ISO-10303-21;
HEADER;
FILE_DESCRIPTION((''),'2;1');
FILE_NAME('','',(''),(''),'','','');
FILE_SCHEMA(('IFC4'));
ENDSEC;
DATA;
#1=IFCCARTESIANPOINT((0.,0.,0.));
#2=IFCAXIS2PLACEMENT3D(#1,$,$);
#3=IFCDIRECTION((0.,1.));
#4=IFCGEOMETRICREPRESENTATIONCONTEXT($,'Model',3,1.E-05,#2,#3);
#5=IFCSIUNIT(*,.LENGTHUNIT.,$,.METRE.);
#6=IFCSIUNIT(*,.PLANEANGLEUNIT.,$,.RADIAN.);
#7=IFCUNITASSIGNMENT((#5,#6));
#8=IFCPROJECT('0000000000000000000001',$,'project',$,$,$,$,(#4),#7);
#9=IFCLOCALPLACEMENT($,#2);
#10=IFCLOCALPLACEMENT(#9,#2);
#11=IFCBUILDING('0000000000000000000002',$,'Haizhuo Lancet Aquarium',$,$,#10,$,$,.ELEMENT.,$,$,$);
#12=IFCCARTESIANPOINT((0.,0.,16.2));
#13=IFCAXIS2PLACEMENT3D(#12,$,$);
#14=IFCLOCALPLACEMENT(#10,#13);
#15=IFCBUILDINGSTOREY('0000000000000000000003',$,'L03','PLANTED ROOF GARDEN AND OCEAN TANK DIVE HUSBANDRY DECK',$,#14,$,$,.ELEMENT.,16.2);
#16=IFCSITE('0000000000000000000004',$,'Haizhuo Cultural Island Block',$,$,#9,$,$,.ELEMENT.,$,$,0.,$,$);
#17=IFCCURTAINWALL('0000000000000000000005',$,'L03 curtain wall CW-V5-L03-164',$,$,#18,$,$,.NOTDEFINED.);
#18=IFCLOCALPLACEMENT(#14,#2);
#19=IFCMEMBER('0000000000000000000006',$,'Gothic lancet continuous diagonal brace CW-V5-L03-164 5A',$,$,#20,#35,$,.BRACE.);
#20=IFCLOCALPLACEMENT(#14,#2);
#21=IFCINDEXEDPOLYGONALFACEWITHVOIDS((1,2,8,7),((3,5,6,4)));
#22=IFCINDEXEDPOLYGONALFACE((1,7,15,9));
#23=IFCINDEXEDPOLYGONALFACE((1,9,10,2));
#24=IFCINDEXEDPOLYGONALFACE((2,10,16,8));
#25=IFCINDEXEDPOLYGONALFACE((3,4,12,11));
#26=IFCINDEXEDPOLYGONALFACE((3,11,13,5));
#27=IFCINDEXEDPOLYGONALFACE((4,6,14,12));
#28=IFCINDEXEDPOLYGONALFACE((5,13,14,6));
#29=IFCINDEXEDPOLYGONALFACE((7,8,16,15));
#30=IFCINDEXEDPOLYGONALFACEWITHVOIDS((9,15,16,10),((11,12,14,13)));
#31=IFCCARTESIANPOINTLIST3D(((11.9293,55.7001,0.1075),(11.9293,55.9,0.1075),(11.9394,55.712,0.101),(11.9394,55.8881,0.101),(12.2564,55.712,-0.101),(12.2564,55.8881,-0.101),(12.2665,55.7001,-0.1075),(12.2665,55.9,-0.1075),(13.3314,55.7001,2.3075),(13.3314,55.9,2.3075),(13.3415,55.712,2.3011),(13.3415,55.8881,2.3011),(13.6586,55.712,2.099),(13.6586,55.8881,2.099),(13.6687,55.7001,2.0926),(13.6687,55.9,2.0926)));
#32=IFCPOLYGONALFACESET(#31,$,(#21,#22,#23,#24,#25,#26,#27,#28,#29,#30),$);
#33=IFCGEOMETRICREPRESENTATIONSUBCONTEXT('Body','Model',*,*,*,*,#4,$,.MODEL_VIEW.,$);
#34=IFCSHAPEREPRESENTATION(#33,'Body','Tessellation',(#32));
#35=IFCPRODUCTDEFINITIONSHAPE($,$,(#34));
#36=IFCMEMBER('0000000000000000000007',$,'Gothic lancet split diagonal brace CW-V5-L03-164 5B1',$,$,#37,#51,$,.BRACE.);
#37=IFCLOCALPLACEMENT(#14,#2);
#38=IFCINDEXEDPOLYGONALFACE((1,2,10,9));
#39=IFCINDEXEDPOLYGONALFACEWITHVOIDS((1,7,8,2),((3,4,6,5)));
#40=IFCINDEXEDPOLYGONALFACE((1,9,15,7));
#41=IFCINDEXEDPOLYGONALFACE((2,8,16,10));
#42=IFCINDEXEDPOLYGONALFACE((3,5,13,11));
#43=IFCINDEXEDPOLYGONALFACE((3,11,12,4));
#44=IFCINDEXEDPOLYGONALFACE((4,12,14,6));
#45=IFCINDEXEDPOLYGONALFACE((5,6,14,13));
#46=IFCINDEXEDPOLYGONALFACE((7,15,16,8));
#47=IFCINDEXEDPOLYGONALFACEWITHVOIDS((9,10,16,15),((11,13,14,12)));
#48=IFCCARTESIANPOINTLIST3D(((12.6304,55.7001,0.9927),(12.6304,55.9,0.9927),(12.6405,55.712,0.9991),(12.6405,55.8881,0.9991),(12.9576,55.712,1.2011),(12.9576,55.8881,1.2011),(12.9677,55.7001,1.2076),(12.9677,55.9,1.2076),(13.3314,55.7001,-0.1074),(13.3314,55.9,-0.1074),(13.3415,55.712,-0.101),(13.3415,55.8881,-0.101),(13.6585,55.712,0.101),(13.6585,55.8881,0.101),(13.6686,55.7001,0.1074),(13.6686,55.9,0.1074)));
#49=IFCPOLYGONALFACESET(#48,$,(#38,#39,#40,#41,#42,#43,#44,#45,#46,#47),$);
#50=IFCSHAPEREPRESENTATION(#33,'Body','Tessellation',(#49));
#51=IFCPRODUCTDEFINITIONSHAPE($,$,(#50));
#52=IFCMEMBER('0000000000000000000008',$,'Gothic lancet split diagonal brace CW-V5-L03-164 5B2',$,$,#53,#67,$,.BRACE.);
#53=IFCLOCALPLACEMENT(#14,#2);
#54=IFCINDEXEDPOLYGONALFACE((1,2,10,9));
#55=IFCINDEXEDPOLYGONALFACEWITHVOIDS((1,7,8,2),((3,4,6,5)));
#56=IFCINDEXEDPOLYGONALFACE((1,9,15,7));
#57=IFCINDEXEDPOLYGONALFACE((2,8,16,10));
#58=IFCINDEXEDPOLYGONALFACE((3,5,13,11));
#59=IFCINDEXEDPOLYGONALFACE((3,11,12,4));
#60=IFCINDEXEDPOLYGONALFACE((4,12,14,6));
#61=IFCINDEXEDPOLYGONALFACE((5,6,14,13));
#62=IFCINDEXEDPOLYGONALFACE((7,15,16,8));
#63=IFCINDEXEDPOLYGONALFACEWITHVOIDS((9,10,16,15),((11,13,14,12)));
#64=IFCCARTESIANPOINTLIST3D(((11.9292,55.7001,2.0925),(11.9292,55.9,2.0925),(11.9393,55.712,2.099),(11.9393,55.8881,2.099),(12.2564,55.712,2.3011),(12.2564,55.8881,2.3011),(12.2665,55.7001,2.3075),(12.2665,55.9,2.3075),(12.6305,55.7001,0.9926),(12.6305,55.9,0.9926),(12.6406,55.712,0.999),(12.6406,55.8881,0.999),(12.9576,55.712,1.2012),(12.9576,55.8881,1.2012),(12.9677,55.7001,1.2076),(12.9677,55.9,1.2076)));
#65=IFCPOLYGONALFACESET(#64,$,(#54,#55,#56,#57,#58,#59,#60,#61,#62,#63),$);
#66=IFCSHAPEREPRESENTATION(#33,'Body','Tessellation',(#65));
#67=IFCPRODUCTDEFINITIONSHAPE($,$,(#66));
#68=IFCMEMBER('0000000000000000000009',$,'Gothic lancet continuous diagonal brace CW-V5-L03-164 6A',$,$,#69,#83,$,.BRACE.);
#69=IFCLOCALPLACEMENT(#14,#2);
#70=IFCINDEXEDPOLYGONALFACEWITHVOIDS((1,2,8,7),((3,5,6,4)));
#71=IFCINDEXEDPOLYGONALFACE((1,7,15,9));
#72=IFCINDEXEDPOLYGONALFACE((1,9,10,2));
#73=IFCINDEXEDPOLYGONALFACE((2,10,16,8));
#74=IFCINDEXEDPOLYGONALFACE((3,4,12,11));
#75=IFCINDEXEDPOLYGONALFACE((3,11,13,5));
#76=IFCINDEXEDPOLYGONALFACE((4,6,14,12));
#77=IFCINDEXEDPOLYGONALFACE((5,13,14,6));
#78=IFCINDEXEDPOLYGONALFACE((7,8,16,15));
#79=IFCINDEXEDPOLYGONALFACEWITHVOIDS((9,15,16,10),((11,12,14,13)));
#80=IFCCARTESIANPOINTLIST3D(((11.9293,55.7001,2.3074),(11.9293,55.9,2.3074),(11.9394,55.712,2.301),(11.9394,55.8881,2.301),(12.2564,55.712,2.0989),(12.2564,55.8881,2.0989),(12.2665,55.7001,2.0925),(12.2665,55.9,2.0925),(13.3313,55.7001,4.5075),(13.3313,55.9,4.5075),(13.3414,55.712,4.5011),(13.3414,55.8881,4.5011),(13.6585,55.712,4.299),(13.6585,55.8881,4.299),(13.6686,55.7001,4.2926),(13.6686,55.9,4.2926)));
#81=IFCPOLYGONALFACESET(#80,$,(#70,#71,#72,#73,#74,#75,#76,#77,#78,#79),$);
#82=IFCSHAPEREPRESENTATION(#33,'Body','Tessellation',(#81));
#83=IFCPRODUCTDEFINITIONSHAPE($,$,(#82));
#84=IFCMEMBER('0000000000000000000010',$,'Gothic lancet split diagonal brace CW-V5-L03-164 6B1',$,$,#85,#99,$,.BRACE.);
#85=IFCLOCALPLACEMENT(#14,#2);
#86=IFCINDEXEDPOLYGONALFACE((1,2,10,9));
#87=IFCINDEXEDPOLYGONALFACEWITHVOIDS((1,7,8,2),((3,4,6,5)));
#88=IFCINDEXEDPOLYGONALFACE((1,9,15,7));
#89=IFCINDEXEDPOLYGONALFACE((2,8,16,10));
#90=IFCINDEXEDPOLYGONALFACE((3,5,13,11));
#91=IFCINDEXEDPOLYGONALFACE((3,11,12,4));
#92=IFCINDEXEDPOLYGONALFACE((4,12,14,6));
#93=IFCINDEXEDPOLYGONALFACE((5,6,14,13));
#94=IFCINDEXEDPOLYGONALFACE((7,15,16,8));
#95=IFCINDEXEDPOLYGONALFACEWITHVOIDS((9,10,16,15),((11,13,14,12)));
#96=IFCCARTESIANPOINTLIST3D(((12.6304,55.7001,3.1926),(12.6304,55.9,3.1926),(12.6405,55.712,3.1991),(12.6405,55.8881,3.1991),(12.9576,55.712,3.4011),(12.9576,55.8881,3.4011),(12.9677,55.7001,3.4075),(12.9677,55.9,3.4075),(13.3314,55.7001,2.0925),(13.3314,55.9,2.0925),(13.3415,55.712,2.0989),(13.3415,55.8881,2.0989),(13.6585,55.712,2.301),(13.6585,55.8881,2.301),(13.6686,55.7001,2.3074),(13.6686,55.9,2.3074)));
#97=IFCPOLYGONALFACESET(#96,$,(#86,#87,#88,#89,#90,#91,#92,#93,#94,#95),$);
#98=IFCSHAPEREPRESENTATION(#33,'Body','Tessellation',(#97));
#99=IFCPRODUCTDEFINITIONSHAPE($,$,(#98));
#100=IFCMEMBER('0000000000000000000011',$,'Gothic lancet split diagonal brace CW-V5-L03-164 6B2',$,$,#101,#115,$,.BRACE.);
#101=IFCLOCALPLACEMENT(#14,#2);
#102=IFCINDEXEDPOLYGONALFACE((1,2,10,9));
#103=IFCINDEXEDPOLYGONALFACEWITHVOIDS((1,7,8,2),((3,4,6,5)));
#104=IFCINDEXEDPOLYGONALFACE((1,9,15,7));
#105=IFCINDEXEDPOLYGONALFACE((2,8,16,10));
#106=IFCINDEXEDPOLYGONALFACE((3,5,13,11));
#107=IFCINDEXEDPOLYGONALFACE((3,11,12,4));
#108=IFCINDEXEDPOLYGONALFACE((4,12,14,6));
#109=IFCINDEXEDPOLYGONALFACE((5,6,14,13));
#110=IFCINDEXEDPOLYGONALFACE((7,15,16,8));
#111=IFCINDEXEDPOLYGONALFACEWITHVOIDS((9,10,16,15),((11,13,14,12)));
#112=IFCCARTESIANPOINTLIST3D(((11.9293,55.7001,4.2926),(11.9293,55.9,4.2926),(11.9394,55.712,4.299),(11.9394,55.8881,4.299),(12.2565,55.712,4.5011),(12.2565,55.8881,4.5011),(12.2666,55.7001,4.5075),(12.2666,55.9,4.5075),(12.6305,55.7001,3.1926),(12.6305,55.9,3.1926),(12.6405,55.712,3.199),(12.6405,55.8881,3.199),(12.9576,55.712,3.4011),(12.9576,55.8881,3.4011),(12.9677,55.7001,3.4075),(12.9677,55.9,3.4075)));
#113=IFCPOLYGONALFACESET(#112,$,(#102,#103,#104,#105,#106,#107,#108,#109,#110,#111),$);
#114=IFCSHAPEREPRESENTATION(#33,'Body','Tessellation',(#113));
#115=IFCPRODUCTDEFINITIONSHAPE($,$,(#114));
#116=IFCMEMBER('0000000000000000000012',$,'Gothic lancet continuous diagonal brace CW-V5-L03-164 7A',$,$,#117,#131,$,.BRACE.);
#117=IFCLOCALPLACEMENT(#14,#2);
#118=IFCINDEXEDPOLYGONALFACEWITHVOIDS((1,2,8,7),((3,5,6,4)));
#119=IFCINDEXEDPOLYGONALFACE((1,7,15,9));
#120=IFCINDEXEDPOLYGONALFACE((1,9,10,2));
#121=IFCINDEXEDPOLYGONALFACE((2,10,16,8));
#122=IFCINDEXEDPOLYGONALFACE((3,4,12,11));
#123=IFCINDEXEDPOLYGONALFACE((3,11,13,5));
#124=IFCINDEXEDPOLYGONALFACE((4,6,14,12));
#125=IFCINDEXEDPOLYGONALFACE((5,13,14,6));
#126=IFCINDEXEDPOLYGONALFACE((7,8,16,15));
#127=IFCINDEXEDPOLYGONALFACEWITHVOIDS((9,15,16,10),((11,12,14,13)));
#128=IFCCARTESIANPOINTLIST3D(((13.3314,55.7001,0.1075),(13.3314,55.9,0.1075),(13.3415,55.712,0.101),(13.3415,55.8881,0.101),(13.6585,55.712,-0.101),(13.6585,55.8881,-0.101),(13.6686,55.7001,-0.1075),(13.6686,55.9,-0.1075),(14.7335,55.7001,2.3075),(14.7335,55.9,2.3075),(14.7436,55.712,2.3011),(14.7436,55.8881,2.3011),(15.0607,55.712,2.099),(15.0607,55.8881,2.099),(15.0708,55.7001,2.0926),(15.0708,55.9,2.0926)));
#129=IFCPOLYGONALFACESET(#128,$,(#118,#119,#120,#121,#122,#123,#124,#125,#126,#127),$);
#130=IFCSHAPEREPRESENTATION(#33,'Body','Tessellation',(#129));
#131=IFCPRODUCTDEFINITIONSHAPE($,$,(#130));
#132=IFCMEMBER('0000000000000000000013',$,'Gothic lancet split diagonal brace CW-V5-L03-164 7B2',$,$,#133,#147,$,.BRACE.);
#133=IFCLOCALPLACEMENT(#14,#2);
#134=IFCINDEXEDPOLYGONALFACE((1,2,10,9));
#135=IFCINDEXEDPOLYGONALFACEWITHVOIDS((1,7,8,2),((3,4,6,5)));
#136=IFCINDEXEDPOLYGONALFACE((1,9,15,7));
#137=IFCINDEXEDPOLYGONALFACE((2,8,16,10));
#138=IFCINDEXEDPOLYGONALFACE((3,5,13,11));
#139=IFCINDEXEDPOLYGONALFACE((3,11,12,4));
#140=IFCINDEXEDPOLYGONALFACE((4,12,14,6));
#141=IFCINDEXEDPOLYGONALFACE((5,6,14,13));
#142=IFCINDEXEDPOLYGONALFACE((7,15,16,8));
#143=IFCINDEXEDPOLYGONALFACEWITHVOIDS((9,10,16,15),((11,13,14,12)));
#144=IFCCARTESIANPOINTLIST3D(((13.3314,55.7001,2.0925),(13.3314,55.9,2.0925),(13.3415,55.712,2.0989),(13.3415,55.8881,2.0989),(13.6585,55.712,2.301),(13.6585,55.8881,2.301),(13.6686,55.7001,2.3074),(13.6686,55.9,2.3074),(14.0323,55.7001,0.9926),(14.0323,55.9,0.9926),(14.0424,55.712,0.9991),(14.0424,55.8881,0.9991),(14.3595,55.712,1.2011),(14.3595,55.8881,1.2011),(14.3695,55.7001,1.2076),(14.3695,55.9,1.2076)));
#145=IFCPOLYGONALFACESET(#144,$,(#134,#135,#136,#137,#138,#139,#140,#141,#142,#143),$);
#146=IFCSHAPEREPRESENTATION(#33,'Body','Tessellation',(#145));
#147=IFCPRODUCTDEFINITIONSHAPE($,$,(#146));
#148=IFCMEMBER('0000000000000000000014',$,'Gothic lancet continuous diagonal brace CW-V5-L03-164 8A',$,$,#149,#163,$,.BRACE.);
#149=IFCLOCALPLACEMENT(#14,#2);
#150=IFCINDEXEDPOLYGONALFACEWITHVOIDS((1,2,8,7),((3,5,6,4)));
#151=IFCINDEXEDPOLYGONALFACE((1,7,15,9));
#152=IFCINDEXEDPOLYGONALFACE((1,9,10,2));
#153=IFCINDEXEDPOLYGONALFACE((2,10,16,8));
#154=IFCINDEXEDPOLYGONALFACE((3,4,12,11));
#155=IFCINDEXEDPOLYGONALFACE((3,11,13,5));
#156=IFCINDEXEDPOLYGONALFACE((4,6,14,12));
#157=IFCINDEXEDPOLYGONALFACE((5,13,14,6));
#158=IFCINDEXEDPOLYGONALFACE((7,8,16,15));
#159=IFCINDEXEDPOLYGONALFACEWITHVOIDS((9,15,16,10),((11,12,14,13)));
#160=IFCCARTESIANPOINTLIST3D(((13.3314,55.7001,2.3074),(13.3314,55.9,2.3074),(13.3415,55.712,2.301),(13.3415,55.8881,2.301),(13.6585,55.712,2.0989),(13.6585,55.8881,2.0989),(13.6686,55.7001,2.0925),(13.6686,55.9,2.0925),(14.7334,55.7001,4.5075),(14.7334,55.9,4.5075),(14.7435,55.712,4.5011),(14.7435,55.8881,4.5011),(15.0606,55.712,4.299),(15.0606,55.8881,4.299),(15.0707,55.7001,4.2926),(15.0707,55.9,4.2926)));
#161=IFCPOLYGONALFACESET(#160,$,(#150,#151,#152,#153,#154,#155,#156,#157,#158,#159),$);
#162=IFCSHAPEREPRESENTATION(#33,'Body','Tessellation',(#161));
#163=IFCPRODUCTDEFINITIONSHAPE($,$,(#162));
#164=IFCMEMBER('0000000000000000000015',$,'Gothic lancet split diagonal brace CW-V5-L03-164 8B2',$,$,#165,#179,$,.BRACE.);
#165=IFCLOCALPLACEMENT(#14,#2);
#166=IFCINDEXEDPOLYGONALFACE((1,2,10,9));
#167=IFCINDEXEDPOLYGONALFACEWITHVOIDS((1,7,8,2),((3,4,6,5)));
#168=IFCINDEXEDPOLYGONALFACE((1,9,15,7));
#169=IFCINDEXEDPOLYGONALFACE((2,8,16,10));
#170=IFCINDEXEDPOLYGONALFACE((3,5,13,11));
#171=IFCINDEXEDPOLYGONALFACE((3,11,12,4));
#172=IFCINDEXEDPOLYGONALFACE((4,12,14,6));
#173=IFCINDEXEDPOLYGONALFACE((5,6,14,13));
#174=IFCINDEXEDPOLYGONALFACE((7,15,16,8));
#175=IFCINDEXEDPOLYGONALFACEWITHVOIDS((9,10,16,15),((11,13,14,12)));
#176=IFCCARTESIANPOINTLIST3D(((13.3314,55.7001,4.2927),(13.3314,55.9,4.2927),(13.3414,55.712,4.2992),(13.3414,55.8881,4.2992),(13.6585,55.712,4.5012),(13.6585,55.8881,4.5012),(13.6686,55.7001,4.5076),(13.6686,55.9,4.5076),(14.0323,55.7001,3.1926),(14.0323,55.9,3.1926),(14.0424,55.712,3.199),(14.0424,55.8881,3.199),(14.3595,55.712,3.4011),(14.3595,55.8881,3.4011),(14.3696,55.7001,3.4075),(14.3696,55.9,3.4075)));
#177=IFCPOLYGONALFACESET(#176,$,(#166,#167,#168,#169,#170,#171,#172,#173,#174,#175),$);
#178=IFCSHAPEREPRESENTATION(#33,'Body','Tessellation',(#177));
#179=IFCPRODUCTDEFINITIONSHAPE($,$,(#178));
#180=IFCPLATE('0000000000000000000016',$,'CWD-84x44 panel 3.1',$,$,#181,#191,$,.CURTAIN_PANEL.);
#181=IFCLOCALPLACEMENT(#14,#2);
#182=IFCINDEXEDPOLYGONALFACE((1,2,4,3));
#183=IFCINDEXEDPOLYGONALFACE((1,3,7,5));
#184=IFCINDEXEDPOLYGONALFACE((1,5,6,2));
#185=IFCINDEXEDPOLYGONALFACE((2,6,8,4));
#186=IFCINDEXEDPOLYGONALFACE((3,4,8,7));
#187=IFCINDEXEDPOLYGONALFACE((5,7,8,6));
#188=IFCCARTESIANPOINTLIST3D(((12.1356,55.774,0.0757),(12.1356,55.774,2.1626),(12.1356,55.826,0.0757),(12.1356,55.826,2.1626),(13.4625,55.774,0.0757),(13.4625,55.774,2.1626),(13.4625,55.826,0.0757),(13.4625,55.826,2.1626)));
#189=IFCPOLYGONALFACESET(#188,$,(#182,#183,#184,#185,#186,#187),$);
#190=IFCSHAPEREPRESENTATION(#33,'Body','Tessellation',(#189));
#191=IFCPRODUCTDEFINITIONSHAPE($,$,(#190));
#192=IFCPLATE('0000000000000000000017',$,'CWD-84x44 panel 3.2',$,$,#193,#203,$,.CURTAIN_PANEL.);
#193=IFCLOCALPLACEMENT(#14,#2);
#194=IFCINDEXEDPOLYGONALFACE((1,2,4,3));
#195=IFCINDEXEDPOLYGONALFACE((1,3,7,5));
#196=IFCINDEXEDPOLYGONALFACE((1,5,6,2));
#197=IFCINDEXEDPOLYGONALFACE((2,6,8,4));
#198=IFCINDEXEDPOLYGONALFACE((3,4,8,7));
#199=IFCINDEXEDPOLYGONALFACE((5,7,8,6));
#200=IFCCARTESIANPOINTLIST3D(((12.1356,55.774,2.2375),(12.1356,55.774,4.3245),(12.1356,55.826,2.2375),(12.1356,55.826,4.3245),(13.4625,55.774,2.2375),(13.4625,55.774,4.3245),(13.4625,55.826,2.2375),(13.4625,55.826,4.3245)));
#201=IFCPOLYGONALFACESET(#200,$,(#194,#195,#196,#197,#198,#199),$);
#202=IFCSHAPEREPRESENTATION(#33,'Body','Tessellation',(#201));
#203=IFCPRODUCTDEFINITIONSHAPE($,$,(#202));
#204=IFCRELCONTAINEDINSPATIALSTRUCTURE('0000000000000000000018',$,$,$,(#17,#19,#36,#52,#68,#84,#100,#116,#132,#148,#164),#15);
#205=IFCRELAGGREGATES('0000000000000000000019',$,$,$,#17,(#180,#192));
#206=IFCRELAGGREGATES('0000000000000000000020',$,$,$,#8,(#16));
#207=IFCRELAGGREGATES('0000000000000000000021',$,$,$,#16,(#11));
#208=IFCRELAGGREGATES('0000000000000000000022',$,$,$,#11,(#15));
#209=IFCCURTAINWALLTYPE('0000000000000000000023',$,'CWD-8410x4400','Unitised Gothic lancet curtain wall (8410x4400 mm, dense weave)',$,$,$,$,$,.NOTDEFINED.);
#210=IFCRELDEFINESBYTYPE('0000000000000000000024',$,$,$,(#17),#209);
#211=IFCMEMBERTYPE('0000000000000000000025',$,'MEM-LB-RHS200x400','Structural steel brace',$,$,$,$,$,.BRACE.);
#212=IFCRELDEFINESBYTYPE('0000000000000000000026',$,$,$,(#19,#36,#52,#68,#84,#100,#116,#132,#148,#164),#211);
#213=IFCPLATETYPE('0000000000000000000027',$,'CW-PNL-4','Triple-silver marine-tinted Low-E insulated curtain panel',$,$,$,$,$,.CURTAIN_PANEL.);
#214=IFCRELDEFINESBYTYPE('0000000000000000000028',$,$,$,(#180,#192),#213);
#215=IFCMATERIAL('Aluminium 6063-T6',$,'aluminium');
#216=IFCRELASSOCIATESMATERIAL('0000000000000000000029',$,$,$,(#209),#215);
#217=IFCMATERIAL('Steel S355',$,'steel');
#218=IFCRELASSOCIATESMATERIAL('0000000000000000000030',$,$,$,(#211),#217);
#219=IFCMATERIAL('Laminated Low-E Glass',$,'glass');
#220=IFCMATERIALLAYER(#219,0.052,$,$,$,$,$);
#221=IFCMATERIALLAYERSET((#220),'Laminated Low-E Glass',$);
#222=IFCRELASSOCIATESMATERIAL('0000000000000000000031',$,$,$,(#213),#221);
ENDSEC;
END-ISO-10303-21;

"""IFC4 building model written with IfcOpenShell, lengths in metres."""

from ifc_helpers import new_model, si_unit, direction, frame, origin, origin_2d, place, context, subcontext, project, spatial, rectangle, hollow_rectangle, extrude, material, layer, layer_set, material_profile, profile_set, type_object, element, aggregate, save


model = new_model("IFC4")

# Units and contexts
model_context = context("Model", 3, precision=1e-05, world=origin(), true_north=direction((0.0, 1.0)))
body_context = subcontext(model_context, "Body", "Model", "MODEL_VIEW")
ifc_project = project(units=[si_unit("LENGTHUNIT", "METRE"), si_unit("PLANEANGLEUNIT", "RADIAN")], contexts=[model_context])

# Site, building, storey
site_placement = place(None, origin())
site = spatial("IfcSite", under=ifc_project, at=site_placement, Name="Haizhuo Cultural Island Block", CompositionType="ELEMENT", RefElevation=0.0)
building_placement = place(site_placement, origin())
building = spatial("IfcBuilding", under=site, at=building_placement, Name="Haizhuo Lancet Aquarium", CompositionType="ELEMENT")
storey_placement = place(building_placement, frame((0.0, 0.0, 16.2)))
storey = spatial("IfcBuildingStorey", under=building, at=storey_placement, Name="L03", Description="PLANTED ROOF GARDEN AND OCEAN TANK DIVE HUSBANDRY DECK", CompositionType="ELEMENT", Elevation=16.2)

# Curtain wall
ifc_material_1 = material(Name="Aluminium 6063-T6", Category="aluminium")
curtain_wall_type = type_object("IfcCurtainWallType", Name="CWD-8410x4400", Description="Unitised Gothic lancet curtain wall (8410x4400 mm, dense weave)", PredefinedType="NOTDEFINED", material=ifc_material_1)
curtain_wall_placement = place(storey_placement, origin())
curtain_wall = element("IfcCurtainWall", 1, at=curtain_wall_placement, inside=storey, type_object=curtain_wall_type, Name="L03 curtain wall CW-V5-L03-164", PredefinedType="NOTDEFINED")

# Members
ifc_material_2 = material(Name="Steel S355", Category="steel")
ifc_material_profile_1 = material_profile(ifc_material_2, hollow_rectangle(XDim=0.2, YDim=0.3999, WallThickness=0.012, at=origin_2d()), Name="RHS 200x400x12")
ifc_profile_set_1 = profile_set([ifc_material_profile_1], Name="Steel S355")
member_type_1 = type_object("IfcMemberType", Name="MEM-LB-RHS200x400", Description="Structural steel brace", PredefinedType="BRACE", material=ifc_profile_set_1)
member_1_placement = place(storey_placement, frame((12.0979, 55.8, 0.0), z_axis=(0.537457, 0.0, 0.843291), x_axis=(0.0, 1.0, 0.0)))
element("IfcMember", 2, at=member_1_placement, inside=storey, type_object=member_type_1, Name="Gothic lancet continuous diagonal brace CW-V5-L03-164 5A", PredefinedType="BRACE", context=body_context, shape_type="SweptSolid", body=[
    extrude(hollow_rectangle(XDim=0.2, YDim=0.3999, WallThickness=0.012, at=origin_2d()), origin(), (0.0, 0.0, 1.0), 2.6089),
])
for number, where, z_axis, x_axis, name in (
    (3, (13.5, 55.8, 0.0), (-0.537348, 0.0, 0.843361), (0.0, -1.0, 0.0), "Gothic lancet split diagonal brace CW-V5-L03-164 5B1"),
    (4, (12.7991, 55.8, 1.1001), (-0.537566, 0.0, 0.843222), (0.0, -1.0, 0.0), "Gothic lancet split diagonal brace CW-V5-L03-164 5B2"),
):
    element("IfcMember", number, at=place(storey_placement, frame(where, z_axis=z_axis, x_axis=x_axis)), inside=storey, type_object=member_type_1, Name=name, PredefinedType="BRACE", context=body_context, shape_type="SweptSolid", body=[
        extrude(hollow_rectangle(XDim=0.2, YDim=0.3999, WallThickness=0.012, at=origin_2d()), origin(), (0.0, 0.0, 1.0), 1.3044),
    ])
member_2_placement = place(storey_placement, frame((12.0979, 55.8, 2.2), z_axis=(0.537414, 0.0, 0.843318), x_axis=(0.0, 1.0, 0.0)))
element("IfcMember", 5, at=member_2_placement, inside=storey, type_object=member_type_1, Name="Gothic lancet continuous diagonal brace CW-V5-L03-164 6A", PredefinedType="BRACE", context=body_context, shape_type="SweptSolid", body=[
    extrude(hollow_rectangle(XDim=0.2, YDim=0.3999, WallThickness=0.012, at=origin_2d()), origin(), (0.0, 0.0, 1.0), 2.6089),
])
for number, where, z_axis, x_axis, name in (
    (6, (13.5, 55.8, 2.2), (-0.537348, 0.0, 0.843361), (0.0, -1.0, 0.0), "Gothic lancet split diagonal brace CW-V5-L03-164 6B1"),
    (7, (12.7991, 55.8, 3.3), (-0.537481, 0.0, 0.843276), (0.0, -1.0, 0.0), "Gothic lancet split diagonal brace CW-V5-L03-164 6B2"),
):
    element("IfcMember", number, at=place(storey_placement, frame(where, z_axis=z_axis, x_axis=x_axis)), inside=storey, type_object=member_type_1, Name=name, PredefinedType="BRACE", context=body_context, shape_type="SweptSolid", body=[
        extrude(hollow_rectangle(XDim=0.2, YDim=0.3999, WallThickness=0.012, at=origin_2d()), origin(), (0.0, 0.0, 1.0), 1.3044),
    ])
member_3_placement = place(storey_placement, frame((13.5, 55.8, 0.0), z_axis=(0.537457, 0.0, 0.843291), x_axis=(0.0, 1.0, 0.0)))
element("IfcMember", 8, at=member_3_placement, inside=storey, type_object=member_type_1, Name="Gothic lancet continuous diagonal brace CW-V5-L03-164 7A", PredefinedType="BRACE", context=body_context, shape_type="SweptSolid", body=[
    extrude(hollow_rectangle(XDim=0.2, YDim=0.3999, WallThickness=0.012, at=origin_2d()), origin(), (0.0, 0.0, 1.0), 2.6089),
])
member_4_placement = place(storey_placement, frame((14.2009, 55.8, 1.1001), z_axis=(-0.537433, 0.0, 0.843307), x_axis=(0.0, -1.0, 0.0)))
element("IfcMember", 9, at=member_4_placement, inside=storey, type_object=member_type_1, Name="Gothic lancet split diagonal brace CW-V5-L03-164 7B2", PredefinedType="BRACE", context=body_context, shape_type="SweptSolid", body=[
    extrude(hollow_rectangle(XDim=0.2, YDim=0.3999, WallThickness=0.012, at=origin_2d()), origin(), (0.0, 0.0, 1.0), 1.3042),
])
member_5_placement = place(storey_placement, frame((13.5, 55.8, 2.2), z_axis=(0.537414, 0.0, 0.843318), x_axis=(0.0, 1.0, 0.0)))
element("IfcMember", 10, at=member_5_placement, inside=storey, type_object=member_type_1, Name="Gothic lancet continuous diagonal brace CW-V5-L03-164 8A", PredefinedType="BRACE", context=body_context, shape_type="SweptSolid", body=[
    extrude(hollow_rectangle(XDim=0.2, YDim=0.3999, WallThickness=0.012, at=origin_2d()), origin(), (0.0, 0.0, 1.0), 2.6089),
])
member_6_placement = place(storey_placement, frame((14.2009, 55.8, 3.3), z_axis=(-0.537348, 0.0, 0.843361), x_axis=(0.0, -1.0, 0.0)))
element("IfcMember", 11, at=member_6_placement, inside=storey, type_object=member_type_1, Name="Gothic lancet split diagonal brace CW-V5-L03-164 8B2", PredefinedType="BRACE", context=body_context, shape_type="SweptSolid", body=[
    extrude(hollow_rectangle(XDim=0.2, YDim=0.3999, WallThickness=0.012, at=origin_2d()), origin(), (0.0, 0.0, 1.0), 1.3044),
])

# Plates
ifc_material_3 = material(Name="Laminated Low-E Glass", Category="glass")
ifc_layer = layer(ifc_material_3, 0.052)
ifc_layer_set = layer_set([ifc_layer], Name="Laminated Low-E Glass")
plate_type = type_object("IfcPlateType", Name="CW-PNL-4", Description="Triple-silver marine-tinted Low-E insulated curtain panel", PredefinedType="CURTAIN_PANEL", material=ifc_layer_set)
plate_1_placement = place(storey_placement, frame((12.7991, 55.8, 0.0757), z_axis=(0.0, 0.0, 1.0), x_axis=(1.0, 0.0, 0.0)))
plate_1 = element("IfcPlate", 12, at=plate_1_placement, type_object=plate_type, Name="CWD-84x44 panel 3.1", PredefinedType="CURTAIN_PANEL", context=body_context, shape_type="SweptSolid", body=[
    extrude(rectangle(XDim=1.3269, YDim=0.052, at=origin_2d()), origin(), (0.0, 0.0, 1.0), 2.0869),
])
plate_2_placement = place(storey_placement, frame((12.7991, 55.8, 2.2375), z_axis=(0.0, 0.0, 1.0), x_axis=(1.0, 0.0, 0.0)))
plate_2 = element("IfcPlate", 13, at=plate_2_placement, type_object=plate_type, Name="CWD-84x44 panel 3.2", PredefinedType="CURTAIN_PANEL", context=body_context, shape_type="SweptSolid", body=[
    extrude(rectangle(XDim=1.3269, YDim=0.052, at=origin_2d()), origin(), (0.0, 0.0, 1.0), 2.0869),
])
aggregate(curtain_wall, [plate_1, plate_2])

save(model, "model.ifc")
